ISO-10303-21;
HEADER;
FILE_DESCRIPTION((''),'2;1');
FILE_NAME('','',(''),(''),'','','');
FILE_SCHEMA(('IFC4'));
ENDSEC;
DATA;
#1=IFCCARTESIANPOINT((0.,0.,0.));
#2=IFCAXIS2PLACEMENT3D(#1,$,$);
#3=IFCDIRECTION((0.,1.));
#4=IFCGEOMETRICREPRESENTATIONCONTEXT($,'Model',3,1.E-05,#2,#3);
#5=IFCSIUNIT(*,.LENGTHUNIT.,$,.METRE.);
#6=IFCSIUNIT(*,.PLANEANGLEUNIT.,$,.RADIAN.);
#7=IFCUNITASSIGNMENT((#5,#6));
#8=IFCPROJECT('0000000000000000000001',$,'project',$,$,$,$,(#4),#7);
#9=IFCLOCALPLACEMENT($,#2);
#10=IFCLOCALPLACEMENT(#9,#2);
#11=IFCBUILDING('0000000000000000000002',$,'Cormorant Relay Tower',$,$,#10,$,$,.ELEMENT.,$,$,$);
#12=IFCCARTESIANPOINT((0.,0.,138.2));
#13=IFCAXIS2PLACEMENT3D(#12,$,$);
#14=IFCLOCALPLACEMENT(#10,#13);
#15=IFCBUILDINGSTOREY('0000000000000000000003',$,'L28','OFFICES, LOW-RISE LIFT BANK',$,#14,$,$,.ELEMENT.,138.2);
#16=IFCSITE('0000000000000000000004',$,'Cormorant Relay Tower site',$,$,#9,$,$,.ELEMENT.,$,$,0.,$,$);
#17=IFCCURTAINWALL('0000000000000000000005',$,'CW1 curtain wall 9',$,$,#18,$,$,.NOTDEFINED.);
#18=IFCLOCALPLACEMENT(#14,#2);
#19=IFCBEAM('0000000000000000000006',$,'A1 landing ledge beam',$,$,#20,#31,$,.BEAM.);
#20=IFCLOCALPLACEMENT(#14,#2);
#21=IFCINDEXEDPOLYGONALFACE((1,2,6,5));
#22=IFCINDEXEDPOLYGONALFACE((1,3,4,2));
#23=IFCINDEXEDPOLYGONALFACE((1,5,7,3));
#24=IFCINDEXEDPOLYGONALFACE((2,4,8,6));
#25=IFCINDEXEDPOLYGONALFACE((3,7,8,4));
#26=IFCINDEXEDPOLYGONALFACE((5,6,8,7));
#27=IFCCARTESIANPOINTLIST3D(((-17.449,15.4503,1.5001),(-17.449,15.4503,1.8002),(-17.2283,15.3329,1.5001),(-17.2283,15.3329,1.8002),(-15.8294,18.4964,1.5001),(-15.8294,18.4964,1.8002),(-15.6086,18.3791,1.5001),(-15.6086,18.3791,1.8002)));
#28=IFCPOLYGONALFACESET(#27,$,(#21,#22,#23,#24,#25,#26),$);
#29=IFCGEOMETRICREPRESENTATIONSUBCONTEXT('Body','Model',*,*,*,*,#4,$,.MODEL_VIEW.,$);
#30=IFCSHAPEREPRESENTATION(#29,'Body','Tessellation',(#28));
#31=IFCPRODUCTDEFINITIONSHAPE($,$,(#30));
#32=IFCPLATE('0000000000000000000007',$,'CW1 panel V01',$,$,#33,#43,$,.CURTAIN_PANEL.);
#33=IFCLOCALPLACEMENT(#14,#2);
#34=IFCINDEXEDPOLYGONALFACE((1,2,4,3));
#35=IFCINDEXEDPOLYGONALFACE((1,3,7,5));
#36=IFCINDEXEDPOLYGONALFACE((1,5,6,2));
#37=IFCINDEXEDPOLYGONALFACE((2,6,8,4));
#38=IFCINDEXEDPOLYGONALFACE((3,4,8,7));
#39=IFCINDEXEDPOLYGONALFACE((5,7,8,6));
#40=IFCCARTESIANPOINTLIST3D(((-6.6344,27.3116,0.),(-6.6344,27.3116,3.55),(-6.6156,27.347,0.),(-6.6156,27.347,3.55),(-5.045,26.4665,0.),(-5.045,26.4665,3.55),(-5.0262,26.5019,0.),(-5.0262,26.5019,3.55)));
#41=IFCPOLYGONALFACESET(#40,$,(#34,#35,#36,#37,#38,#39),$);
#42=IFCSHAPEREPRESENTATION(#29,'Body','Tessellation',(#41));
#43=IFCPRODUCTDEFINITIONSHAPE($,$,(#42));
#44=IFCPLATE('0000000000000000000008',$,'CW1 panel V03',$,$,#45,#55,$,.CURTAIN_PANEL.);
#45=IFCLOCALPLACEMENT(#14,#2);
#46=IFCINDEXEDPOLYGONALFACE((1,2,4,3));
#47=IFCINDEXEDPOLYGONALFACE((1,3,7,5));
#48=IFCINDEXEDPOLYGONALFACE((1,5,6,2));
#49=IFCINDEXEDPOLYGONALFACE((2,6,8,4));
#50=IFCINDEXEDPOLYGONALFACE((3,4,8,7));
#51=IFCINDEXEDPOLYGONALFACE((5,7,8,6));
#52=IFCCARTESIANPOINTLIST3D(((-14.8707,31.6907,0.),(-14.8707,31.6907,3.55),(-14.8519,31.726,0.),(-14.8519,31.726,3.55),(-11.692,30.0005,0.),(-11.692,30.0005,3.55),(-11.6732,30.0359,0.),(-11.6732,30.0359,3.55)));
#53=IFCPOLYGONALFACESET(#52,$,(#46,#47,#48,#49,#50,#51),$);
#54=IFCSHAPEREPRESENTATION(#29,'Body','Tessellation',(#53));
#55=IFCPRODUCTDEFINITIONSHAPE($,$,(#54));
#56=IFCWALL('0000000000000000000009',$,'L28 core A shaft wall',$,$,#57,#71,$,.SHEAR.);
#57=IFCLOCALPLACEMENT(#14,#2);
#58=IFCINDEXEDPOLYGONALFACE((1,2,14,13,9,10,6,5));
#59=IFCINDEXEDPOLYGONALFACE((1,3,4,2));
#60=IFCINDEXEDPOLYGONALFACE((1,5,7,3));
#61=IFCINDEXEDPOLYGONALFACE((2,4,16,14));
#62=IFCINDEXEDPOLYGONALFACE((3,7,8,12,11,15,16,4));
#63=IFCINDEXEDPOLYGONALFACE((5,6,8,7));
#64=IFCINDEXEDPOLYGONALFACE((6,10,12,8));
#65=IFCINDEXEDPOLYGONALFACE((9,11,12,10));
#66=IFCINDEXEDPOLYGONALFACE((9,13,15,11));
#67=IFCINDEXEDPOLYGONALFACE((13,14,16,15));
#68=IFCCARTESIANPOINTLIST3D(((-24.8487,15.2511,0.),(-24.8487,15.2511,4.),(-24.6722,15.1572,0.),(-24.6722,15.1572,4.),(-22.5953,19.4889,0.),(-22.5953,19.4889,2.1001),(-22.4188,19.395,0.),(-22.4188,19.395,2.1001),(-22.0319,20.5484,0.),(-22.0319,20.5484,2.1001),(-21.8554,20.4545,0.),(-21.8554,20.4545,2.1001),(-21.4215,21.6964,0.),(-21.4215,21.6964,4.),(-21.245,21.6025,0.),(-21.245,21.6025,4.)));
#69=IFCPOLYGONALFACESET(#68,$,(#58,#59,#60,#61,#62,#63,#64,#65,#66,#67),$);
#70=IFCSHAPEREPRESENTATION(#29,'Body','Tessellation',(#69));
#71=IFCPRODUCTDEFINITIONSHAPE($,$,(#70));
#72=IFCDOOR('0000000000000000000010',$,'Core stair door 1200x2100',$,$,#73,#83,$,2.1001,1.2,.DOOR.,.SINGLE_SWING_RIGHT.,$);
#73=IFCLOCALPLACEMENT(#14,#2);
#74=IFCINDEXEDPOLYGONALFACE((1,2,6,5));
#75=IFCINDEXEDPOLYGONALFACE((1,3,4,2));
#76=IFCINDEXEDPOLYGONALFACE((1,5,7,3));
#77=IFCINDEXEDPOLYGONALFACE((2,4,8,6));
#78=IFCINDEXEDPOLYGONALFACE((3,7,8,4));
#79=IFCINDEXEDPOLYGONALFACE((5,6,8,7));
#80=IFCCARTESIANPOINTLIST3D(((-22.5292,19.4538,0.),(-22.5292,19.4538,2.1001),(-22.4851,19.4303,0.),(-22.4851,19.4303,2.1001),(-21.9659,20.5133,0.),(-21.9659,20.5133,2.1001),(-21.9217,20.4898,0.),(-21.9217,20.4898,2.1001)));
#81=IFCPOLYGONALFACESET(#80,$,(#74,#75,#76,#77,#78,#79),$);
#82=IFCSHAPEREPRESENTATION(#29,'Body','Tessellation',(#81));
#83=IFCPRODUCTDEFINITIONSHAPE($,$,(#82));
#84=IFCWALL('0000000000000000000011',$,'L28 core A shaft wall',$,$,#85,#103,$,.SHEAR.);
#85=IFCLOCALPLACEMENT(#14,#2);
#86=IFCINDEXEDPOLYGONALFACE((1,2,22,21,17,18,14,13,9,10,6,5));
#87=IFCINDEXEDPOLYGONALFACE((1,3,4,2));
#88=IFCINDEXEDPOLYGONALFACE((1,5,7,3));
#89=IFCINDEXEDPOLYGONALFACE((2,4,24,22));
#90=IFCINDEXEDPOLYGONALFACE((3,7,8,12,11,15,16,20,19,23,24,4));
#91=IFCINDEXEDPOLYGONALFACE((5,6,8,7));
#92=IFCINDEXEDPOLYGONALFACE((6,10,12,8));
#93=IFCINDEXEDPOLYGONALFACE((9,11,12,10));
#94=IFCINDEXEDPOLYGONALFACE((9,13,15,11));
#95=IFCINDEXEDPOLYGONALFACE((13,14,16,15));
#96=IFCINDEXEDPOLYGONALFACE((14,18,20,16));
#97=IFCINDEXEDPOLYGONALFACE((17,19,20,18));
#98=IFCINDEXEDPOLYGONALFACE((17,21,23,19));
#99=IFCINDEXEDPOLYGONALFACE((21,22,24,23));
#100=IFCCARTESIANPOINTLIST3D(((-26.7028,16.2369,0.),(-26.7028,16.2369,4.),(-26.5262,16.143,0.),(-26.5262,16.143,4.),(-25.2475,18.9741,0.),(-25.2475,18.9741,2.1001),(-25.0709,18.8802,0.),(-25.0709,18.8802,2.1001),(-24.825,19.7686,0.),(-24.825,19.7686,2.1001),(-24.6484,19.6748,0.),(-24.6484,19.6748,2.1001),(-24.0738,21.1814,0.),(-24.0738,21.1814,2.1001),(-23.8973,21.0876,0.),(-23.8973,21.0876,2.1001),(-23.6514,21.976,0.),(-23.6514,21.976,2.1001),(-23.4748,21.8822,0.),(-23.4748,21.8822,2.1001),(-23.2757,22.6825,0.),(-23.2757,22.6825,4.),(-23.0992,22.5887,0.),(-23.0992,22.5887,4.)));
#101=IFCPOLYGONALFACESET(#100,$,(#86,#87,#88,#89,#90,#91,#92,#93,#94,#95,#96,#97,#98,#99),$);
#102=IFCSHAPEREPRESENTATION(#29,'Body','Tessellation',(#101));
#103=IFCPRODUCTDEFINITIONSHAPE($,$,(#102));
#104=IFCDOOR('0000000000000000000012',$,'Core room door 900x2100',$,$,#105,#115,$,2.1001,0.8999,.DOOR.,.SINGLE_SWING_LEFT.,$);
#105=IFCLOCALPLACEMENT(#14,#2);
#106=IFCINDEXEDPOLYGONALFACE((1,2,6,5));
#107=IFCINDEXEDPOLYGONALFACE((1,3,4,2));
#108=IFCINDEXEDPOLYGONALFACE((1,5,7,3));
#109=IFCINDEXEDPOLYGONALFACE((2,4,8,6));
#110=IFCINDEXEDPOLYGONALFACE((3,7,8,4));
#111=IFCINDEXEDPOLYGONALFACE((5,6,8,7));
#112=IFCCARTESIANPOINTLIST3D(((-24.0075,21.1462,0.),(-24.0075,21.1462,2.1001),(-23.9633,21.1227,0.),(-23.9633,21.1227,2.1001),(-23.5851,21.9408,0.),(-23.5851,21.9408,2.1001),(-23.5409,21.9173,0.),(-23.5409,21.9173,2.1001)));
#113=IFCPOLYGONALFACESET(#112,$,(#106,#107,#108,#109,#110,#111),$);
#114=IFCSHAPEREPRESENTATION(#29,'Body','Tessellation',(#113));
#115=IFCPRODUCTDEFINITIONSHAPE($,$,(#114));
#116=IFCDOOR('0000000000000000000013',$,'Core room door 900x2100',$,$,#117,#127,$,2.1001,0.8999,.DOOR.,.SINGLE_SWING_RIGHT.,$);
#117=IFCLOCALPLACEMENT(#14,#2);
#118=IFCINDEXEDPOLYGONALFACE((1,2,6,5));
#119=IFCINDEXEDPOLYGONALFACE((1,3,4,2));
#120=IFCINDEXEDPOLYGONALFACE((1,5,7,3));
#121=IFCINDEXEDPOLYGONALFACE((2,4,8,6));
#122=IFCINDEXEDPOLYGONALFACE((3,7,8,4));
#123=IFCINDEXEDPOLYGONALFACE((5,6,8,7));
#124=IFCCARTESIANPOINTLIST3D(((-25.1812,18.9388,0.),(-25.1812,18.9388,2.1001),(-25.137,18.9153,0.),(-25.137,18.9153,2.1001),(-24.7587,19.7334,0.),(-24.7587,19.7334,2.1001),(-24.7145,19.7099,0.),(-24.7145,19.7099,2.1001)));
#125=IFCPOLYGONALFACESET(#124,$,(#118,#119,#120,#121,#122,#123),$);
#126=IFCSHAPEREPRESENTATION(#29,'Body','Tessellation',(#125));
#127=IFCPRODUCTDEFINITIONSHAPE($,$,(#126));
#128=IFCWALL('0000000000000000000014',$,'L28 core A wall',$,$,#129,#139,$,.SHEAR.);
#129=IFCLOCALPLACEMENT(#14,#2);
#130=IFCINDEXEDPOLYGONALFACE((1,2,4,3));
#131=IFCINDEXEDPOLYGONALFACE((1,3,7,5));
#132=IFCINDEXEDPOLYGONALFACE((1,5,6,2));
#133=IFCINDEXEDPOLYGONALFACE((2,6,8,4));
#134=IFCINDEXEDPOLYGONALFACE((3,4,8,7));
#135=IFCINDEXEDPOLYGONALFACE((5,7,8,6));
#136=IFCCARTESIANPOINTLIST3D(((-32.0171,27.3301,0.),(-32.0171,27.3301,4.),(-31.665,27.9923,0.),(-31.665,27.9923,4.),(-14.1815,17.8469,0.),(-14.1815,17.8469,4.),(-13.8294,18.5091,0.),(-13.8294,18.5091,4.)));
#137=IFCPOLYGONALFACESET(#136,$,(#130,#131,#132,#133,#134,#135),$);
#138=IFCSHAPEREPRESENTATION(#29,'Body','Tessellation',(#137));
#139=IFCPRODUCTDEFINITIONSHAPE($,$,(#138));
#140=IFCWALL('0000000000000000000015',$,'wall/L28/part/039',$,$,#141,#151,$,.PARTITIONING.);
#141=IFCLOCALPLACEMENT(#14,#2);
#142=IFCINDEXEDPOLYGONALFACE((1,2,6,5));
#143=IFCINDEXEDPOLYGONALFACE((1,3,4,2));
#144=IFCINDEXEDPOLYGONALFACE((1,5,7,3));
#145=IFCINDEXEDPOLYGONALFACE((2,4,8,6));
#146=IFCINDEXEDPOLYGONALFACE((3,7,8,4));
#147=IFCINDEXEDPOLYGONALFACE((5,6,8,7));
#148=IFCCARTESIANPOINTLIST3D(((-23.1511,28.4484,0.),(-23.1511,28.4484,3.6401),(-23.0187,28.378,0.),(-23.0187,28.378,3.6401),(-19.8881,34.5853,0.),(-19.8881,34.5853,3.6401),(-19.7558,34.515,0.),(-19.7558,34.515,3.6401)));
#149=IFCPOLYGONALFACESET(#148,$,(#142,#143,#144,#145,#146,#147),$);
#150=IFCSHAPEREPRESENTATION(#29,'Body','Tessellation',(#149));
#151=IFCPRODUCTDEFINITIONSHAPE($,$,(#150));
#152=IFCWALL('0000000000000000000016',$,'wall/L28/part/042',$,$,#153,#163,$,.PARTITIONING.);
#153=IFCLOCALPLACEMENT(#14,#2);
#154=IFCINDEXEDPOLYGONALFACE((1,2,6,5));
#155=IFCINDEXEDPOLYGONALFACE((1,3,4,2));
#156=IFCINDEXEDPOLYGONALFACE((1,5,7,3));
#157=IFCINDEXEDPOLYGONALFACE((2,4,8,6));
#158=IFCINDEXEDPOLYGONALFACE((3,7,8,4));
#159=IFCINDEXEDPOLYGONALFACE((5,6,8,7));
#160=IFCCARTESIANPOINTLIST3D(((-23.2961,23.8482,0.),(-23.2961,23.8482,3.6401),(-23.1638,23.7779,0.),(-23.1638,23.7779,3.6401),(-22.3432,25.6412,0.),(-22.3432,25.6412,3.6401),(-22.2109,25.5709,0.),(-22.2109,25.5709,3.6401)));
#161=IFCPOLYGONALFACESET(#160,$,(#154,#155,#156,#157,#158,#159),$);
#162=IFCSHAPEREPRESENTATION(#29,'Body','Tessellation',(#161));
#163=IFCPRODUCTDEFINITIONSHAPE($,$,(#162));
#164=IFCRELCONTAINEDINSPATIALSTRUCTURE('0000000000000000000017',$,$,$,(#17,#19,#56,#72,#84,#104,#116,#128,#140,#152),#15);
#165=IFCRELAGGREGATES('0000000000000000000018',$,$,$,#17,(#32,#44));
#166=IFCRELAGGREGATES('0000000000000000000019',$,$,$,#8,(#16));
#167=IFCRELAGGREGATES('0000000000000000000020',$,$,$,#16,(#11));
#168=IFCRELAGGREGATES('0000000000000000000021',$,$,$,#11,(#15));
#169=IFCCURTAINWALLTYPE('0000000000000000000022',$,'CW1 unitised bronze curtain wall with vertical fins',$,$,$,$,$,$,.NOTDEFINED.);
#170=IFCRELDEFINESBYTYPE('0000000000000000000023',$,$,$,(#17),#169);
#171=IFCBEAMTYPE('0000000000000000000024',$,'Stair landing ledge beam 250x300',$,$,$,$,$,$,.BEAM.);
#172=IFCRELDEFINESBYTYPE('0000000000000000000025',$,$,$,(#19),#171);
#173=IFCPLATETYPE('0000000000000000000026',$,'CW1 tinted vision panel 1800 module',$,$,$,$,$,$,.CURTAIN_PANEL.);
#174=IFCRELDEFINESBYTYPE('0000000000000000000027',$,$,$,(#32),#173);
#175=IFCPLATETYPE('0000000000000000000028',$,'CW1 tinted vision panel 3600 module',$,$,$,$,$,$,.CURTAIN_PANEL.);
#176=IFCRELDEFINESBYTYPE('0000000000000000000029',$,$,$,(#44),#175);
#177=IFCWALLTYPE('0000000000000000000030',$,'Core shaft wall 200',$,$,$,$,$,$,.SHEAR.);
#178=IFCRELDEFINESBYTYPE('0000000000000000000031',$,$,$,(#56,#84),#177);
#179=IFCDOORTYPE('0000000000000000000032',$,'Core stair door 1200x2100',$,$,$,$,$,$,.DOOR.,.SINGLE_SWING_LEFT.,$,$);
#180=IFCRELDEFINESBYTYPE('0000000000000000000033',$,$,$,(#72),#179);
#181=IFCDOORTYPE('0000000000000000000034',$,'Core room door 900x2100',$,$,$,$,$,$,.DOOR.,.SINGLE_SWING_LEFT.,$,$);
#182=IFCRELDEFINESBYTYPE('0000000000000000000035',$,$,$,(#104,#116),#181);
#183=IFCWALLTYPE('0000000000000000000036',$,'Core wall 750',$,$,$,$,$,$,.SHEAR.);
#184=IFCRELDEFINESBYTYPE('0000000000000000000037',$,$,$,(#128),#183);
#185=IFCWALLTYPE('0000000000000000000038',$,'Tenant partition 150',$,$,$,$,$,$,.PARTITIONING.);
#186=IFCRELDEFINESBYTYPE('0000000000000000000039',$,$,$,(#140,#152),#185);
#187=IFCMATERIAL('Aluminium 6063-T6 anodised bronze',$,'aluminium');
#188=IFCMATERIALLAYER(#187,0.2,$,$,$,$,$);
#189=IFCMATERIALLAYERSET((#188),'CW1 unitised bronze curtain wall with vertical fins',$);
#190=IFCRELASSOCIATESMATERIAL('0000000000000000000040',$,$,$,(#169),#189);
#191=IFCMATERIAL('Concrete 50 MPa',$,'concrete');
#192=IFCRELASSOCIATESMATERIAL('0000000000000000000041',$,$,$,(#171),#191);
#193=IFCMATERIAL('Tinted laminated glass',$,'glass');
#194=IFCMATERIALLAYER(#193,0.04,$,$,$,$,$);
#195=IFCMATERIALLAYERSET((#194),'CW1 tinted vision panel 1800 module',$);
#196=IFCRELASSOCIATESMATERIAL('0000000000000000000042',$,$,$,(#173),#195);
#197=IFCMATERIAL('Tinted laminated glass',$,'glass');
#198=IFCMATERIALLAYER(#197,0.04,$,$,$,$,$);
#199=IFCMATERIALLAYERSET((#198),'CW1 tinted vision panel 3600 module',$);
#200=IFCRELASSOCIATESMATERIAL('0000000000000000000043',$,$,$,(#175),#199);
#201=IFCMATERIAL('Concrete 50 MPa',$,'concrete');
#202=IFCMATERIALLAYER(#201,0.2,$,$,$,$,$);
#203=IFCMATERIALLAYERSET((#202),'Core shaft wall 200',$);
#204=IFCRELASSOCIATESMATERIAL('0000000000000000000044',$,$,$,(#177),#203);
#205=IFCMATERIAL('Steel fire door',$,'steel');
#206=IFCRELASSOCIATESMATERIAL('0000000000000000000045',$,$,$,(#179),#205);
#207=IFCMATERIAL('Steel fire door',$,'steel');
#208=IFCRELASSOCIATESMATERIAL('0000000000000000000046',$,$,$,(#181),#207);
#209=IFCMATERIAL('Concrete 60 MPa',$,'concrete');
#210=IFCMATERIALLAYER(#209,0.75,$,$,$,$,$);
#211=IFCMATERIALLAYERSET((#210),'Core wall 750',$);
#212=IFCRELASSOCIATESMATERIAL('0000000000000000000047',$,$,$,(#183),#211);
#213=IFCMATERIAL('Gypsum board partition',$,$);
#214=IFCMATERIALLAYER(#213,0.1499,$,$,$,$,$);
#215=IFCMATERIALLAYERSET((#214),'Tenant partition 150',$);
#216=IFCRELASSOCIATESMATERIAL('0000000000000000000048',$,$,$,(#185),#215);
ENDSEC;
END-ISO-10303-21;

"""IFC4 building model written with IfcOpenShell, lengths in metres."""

from ifc_helpers import new_model, si_unit, direction, frame, frame_2d, origin, origin_2d, place, context, subcontext, project, spatial, rectangle, extrude, material, layer, layer_set, material_profile, profile_set, type_object, element, fill, aggregate, save


model = new_model("IFC4")

# Units and contexts
model_context = context("Model", 3, precision=1e-05, world=origin(), true_north=direction((0.0, 1.0)))
body_context = subcontext(model_context, "Body", "Model", "MODEL_VIEW")
ifc_project = project(units=[si_unit("LENGTHUNIT", "METRE"), si_unit("PLANEANGLEUNIT", "RADIAN")], contexts=[model_context])

# Site, building, storey
site_placement = place(None, origin())
site = spatial("IfcSite", under=ifc_project, at=site_placement, Name="Cormorant Relay Tower site", CompositionType="ELEMENT", RefElevation=0.0)
building_placement = place(site_placement, origin())
building = spatial("IfcBuilding", under=site, at=building_placement, Name="Cormorant Relay Tower", CompositionType="ELEMENT")
storey_placement = place(building_placement, frame((0.0, 0.0, 138.2)))
storey = spatial("IfcBuildingStorey", under=building, at=storey_placement, Name="L28", Description="OFFICES, LOW-RISE LIFT BANK", CompositionType="ELEMENT", Elevation=138.2)

# Curtain wall
ifc_material_1 = material(Name="Aluminium 6063-T6 anodised bronze", Category="aluminium")
ifc_layer_1 = layer(ifc_material_1, 0.2)
ifc_layer_set_1 = layer_set([ifc_layer_1], Name="CW1 unitised bronze curtain wall with vertical fins")
curtain_wall_type = type_object("IfcCurtainWallType", Name="CW1 unitised bronze curtain wall with vertical fins", PredefinedType="NOTDEFINED", material=ifc_layer_set_1)
curtain_wall_placement = place(storey_placement, origin())
curtain_wall = element("IfcCurtainWall", 1, at=curtain_wall_placement, inside=storey, type_object=curtain_wall_type, Name="CW1 curtain wall 9", PredefinedType="NOTDEFINED")

# Beam
ifc_material_2 = material(Name="Concrete 50 MPa", Category="concrete")
ifc_material_profile_1 = material_profile(ifc_material_2, rectangle(XDim=0.25, YDim=0.3, at=origin_2d()), Name="RC 250x300")
ifc_profile_set_1 = profile_set([ifc_material_profile_1], Name="Concrete 50 MPa")
beam_type_1 = type_object("IfcBeamType", Name="Stair landing ledge beam 250x300", PredefinedType="BEAM", material=ifc_profile_set_1)
beam_1_placement = place(storey_placement, frame((-17.3386, 15.3916, 1.6501), z_axis=(0.469464, 0.882952, 0.0), x_axis=(-0.882952, 0.469464, 0.0)))
element("IfcBeam", 2, at=beam_1_placement, inside=storey, type_object=beam_type_1, Name="A1 landing ledge beam", PredefinedType="BEAM", context=body_context, shape_type="SweptSolid", body=[
    extrude(rectangle(XDim=0.25, YDim=0.3, at=origin_2d()), origin(), (0.0, 0.0, 1.0), 3.45),
])

# Plates
ifc_material_3 = material(Name="Tinted laminated glass", Category="glass")
ifc_layer_2 = layer(ifc_material_3, 0.04)
ifc_layer_set_2 = layer_set([ifc_layer_2], Name="CW1 tinted vision panel 1800 module")
plate_type_1 = type_object("IfcPlateType", Name="CW1 tinted vision panel 1800 module", PredefinedType="CURTAIN_PANEL", material=ifc_layer_set_2)
plate_1_placement = place(storey_placement, frame((-5.8303, 26.9067, 0.0), z_axis=(0.0, 0.0, 1.0), x_axis=(-0.882948, 0.469472, 0.0)))
plate_1 = element("IfcPlate", 3, at=plate_1_placement, type_object=plate_type_1, Name="CW1 panel V01", PredefinedType="CURTAIN_PANEL", context=body_context, shape_type="SweptSolid", body=[
    extrude(rectangle(XDim=1.8, YDim=0.04, at=origin_2d()), origin(), (0.0, 0.0, 1.0), 3.55),
])
ifc_material_4 = material(Name="Tinted laminated glass", Category="glass")
ifc_layer_3 = layer(ifc_material_4, 0.04)
ifc_layer_set_3 = layer_set([ifc_layer_3], Name="CW1 tinted vision panel 3600 module")
plate_type_2 = type_object("IfcPlateType", Name="CW1 tinted vision panel 3600 module", PredefinedType="CURTAIN_PANEL", material=ifc_layer_set_3)
plate_2_placement = place(storey_placement, frame((-13.272, 30.8633, 0.0), z_axis=(0.0, 0.0, 1.0), x_axis=(-0.882948, 0.469472, 0.0)))
plate_2 = element("IfcPlate", 4, at=plate_2_placement, type_object=plate_type_2, Name="CW1 panel V03", PredefinedType="CURTAIN_PANEL", context=body_context, shape_type="SweptSolid", body=[
    extrude(rectangle(XDim=3.6001, YDim=0.04, at=origin_2d()), origin(), (0.0, 0.0, 1.0), 3.55),
])

# Wall, opening, door
ifc_material_5 = material(Name="Concrete 50 MPa", Category="concrete")
ifc_layer_4 = layer(ifc_material_5, 0.2)
ifc_layer_set_4 = layer_set([ifc_layer_4], Name="Core shaft wall 200")
wall_type_1 = type_object("IfcWallType", Name="Core shaft wall 200", PredefinedType="SHEAR", material=ifc_layer_set_4)
wall_1_placement = place(storey_placement, frame((-21.3333, 21.6494, 0.0), z_axis=(0.0, 0.0, 1.0), x_axis=(-0.469494, -0.882936, 0.0)))
wall_1 = element("IfcWall", 5, at=wall_1_placement, inside=storey, type_object=wall_type_1, Name="L28 core A shaft wall", PredefinedType="SHEAR", context=body_context, shape_type="SweptSolid", body=[
    extrude(rectangle(XDim=7.2998, YDim=0.2, at=frame_2d((3.6499, 0.0))), origin(), (0.0, 0.0, 1.0), 4.0),
])
opening_1_placement = place(wall_1_placement, frame((1.3, 0.0, 0.0)))
opening_1 = element("IfcOpeningElement", 6, at=opening_1_placement, cuts=wall_1, PredefinedType="OPENING", context=body_context, shape_type="SweptSolid", body=[
    extrude(rectangle(XDim=1.2, YDim=2.1001, at=frame_2d((0.6001, 1.05))), frame((0.0, 0.1099, 0.0), z_axis=(0.0, -1.0, 0.0), x_axis=(1.0, 0.0, 0.0)), (0.0, 0.0, 1.0), 0.22),
])
ifc_material_6 = material(Name="Steel fire door", Category="steel")
door_type_1 = type_object("IfcDoorType", Name="Core stair door 1200x2100", OperationType="SINGLE_SWING_LEFT", PredefinedType="DOOR", material=ifc_material_6)
door_1_placement = place(opening_1_placement, origin())
door_1 = element("IfcDoor", 7, at=door_1_placement, inside=storey, type_object=door_type_1, Name="Core stair door 1200x2100", OperationType="SINGLE_SWING_RIGHT", OverallHeight=2.1001, OverallWidth=1.2, PredefinedType="DOOR", context=body_context, shape_type="SweptSolid", body=[
    extrude(rectangle(XDim=1.2, YDim=2.1001, at=frame_2d((0.6001, 1.05))), frame((0.0, 0.0249, 0.0), z_axis=(0.0, -1.0, 0.0), x_axis=(1.0, 0.0, 0.0)), (0.0, 0.0, 1.0), 0.05),
])
fill(opening_1, door_1)

# Wall, openings, doors
wall_2_placement = place(storey_placement, frame((-23.1875, 22.6355, 0.0), z_axis=(0.0, 0.0, 1.0), x_axis=(-0.469454, -0.882957, 0.0)))
wall_2 = element("IfcWall", 8, at=wall_2_placement, inside=storey, type_object=wall_type_1, Name="L28 core A shaft wall", PredefinedType="SHEAR", context=body_context, shape_type="SweptSolid", body=[
    extrude(rectangle(XDim=7.3, YDim=0.2, at=frame_2d((3.6499, 0.0))), origin(), (0.0, 0.0, 1.0), 4.0),
])
opening_2_placement = place(wall_2_placement, frame((0.8, 0.0, 0.0)))
opening_2 = element("IfcOpeningElement", 9, at=opening_2_placement, cuts=wall_2, PredefinedType="OPENING", context=body_context, shape_type="SweptSolid", body=[
    extrude(rectangle(XDim=0.8999, YDim=2.1001, at=frame_2d((0.45, 1.05))), frame((0.0, 0.1099, 0.0), z_axis=(0.0, -1.0, 0.0), x_axis=(1.0, 0.0, 0.0)), (0.0, 0.0, 1.0), 0.22),
])
opening_3_placement = place(wall_2_placement, frame((3.3, 0.0, 0.0)))
opening_3 = element("IfcOpeningElement", 10, at=opening_3_placement, cuts=wall_2, PredefinedType="OPENING", context=body_context, shape_type="SweptSolid", body=[
    extrude(rectangle(XDim=0.8999, YDim=2.1001, at=frame_2d((0.45, 1.05))), frame((0.0, 0.1099, 0.0), z_axis=(0.0, -1.0, 0.0), x_axis=(1.0, 0.0, 0.0)), (0.0, 0.0, 1.0), 0.22),
])
ifc_material_7 = material(Name="Steel fire door", Category="steel")
door_type_2 = type_object("IfcDoorType", Name="Core room door 900x2100", OperationType="SINGLE_SWING_LEFT", PredefinedType="DOOR", material=ifc_material_7)
door_2_placement = place(opening_2_placement, frame((0.8999, 0.0, 0.0), z_axis=(0.0, 0.0, 1.0), x_axis=(-1.0, 0.0, 0.0)))
door_2 = element("IfcDoor", 11, at=door_2_placement, inside=storey, type_object=door_type_2, Name="Core room door 900x2100", OperationType="SINGLE_SWING_LEFT", OverallHeight=2.1001, OverallWidth=0.8999, PredefinedType="DOOR", context=body_context, shape_type="SweptSolid", body=[
    extrude(rectangle(XDim=0.8999, YDim=2.1001, at=frame_2d((0.45, 1.05))), frame((0.0, 0.0249, 0.0), z_axis=(0.0, -1.0, 0.0), x_axis=(1.0, 0.0, 0.0)), (0.0, 0.0, 1.0), 0.05),
])
fill(opening_2, door_2)
door_3_placement = place(opening_3_placement, frame((0.8999, 0.0, 0.0), z_axis=(0.0, 0.0, 1.0), x_axis=(-1.0, 0.0, 0.0)))
door_3 = element("IfcDoor", 12, at=door_3_placement, inside=storey, type_object=door_type_2, Name="Core room door 900x2100", OperationType="SINGLE_SWING_RIGHT", OverallHeight=2.1001, OverallWidth=0.8999, PredefinedType="DOOR", context=body_context, shape_type="SweptSolid", body=[
    extrude(rectangle(XDim=0.8999, YDim=2.1001, at=frame_2d((0.45, 1.05))), frame((0.0, 0.0249, 0.0), z_axis=(0.0, -1.0, 0.0), x_axis=(1.0, 0.0, 0.0)), (0.0, 0.0, 1.0), 0.05),
])
fill(opening_3, door_3)

# Shared definitions
ifc_material_8 = material(Name="Concrete 60 MPa", Category="concrete")
ifc_layer_5 = layer(ifc_material_8, 0.75)
ifc_layer_set_5 = layer_set([ifc_layer_5], Name="Core wall 750")
wall_type_2 = type_object("IfcWallType", Name="Core wall 750", PredefinedType="SHEAR", material=ifc_layer_set_5)

# Walls
wall_3_placement = place(storey_placement, frame((-14.0054, 18.178, 0.0), z_axis=(0.0, 0.0, 1.0), x_axis=(-0.88295, 0.469467, 0.0)))
element("IfcWall", 13, at=wall_3_placement, inside=storey, type_object=wall_type_2, Name="L28 core A wall", PredefinedType="SHEAR", context=body_context, shape_type="SweptSolid", body=[
    extrude(rectangle(XDim=20.2, YDim=0.75, at=frame_2d((10.1001, 0.0))), origin(), (0.0, 0.0, 1.0), 4.0),
])
ifc_material_9 = material(Name="Gypsum board partition")
ifc_layer_6 = layer(ifc_material_9, 0.1499)
ifc_layer_set_6 = layer_set([ifc_layer_6], Name="Tenant partition 150")
wall_type_3 = type_object("IfcWallType", Name="Tenant partition 150", PredefinedType="PARTITIONING", material=ifc_layer_set_6)
wall_4_placement = place(storey_placement, frame((-19.822, 34.55, 0.0), z_axis=(0.0, 0.0, 1.0), x_axis=(-0.469456, -0.882956, 0.0)))
element("IfcWall", 14, at=wall_4_placement, inside=storey, type_object=wall_type_3, Name="wall/L28/part/039", PredefinedType="PARTITIONING", context=body_context, shape_type="SweptSolid", body=[
    extrude(rectangle(XDim=6.9504, YDim=0.1499, at=frame_2d((3.4751, 0.0))), origin(), (0.0, 0.0, 1.0), 3.6401),
])
wall_5_placement = place(storey_placement, frame((-22.2771, 25.606, 0.0), z_axis=(0.0, 0.0, 1.0), x_axis=(-0.469296, -0.883041, 0.0)))
element("IfcWall", 15, at=wall_5_placement, inside=storey, type_object=wall_type_3, Name="wall/L28/part/042", PredefinedType="PARTITIONING", context=body_context, shape_type="SweptSolid", body=[
    extrude(rectangle(XDim=2.0305, YDim=0.1499, at=frame_2d((1.0151, 0.0))), origin(), (0.0, 0.0, 1.0), 3.6401),
])

aggregate(curtain_wall, [plate_1, plate_2])

save(model, "model.ifc")
